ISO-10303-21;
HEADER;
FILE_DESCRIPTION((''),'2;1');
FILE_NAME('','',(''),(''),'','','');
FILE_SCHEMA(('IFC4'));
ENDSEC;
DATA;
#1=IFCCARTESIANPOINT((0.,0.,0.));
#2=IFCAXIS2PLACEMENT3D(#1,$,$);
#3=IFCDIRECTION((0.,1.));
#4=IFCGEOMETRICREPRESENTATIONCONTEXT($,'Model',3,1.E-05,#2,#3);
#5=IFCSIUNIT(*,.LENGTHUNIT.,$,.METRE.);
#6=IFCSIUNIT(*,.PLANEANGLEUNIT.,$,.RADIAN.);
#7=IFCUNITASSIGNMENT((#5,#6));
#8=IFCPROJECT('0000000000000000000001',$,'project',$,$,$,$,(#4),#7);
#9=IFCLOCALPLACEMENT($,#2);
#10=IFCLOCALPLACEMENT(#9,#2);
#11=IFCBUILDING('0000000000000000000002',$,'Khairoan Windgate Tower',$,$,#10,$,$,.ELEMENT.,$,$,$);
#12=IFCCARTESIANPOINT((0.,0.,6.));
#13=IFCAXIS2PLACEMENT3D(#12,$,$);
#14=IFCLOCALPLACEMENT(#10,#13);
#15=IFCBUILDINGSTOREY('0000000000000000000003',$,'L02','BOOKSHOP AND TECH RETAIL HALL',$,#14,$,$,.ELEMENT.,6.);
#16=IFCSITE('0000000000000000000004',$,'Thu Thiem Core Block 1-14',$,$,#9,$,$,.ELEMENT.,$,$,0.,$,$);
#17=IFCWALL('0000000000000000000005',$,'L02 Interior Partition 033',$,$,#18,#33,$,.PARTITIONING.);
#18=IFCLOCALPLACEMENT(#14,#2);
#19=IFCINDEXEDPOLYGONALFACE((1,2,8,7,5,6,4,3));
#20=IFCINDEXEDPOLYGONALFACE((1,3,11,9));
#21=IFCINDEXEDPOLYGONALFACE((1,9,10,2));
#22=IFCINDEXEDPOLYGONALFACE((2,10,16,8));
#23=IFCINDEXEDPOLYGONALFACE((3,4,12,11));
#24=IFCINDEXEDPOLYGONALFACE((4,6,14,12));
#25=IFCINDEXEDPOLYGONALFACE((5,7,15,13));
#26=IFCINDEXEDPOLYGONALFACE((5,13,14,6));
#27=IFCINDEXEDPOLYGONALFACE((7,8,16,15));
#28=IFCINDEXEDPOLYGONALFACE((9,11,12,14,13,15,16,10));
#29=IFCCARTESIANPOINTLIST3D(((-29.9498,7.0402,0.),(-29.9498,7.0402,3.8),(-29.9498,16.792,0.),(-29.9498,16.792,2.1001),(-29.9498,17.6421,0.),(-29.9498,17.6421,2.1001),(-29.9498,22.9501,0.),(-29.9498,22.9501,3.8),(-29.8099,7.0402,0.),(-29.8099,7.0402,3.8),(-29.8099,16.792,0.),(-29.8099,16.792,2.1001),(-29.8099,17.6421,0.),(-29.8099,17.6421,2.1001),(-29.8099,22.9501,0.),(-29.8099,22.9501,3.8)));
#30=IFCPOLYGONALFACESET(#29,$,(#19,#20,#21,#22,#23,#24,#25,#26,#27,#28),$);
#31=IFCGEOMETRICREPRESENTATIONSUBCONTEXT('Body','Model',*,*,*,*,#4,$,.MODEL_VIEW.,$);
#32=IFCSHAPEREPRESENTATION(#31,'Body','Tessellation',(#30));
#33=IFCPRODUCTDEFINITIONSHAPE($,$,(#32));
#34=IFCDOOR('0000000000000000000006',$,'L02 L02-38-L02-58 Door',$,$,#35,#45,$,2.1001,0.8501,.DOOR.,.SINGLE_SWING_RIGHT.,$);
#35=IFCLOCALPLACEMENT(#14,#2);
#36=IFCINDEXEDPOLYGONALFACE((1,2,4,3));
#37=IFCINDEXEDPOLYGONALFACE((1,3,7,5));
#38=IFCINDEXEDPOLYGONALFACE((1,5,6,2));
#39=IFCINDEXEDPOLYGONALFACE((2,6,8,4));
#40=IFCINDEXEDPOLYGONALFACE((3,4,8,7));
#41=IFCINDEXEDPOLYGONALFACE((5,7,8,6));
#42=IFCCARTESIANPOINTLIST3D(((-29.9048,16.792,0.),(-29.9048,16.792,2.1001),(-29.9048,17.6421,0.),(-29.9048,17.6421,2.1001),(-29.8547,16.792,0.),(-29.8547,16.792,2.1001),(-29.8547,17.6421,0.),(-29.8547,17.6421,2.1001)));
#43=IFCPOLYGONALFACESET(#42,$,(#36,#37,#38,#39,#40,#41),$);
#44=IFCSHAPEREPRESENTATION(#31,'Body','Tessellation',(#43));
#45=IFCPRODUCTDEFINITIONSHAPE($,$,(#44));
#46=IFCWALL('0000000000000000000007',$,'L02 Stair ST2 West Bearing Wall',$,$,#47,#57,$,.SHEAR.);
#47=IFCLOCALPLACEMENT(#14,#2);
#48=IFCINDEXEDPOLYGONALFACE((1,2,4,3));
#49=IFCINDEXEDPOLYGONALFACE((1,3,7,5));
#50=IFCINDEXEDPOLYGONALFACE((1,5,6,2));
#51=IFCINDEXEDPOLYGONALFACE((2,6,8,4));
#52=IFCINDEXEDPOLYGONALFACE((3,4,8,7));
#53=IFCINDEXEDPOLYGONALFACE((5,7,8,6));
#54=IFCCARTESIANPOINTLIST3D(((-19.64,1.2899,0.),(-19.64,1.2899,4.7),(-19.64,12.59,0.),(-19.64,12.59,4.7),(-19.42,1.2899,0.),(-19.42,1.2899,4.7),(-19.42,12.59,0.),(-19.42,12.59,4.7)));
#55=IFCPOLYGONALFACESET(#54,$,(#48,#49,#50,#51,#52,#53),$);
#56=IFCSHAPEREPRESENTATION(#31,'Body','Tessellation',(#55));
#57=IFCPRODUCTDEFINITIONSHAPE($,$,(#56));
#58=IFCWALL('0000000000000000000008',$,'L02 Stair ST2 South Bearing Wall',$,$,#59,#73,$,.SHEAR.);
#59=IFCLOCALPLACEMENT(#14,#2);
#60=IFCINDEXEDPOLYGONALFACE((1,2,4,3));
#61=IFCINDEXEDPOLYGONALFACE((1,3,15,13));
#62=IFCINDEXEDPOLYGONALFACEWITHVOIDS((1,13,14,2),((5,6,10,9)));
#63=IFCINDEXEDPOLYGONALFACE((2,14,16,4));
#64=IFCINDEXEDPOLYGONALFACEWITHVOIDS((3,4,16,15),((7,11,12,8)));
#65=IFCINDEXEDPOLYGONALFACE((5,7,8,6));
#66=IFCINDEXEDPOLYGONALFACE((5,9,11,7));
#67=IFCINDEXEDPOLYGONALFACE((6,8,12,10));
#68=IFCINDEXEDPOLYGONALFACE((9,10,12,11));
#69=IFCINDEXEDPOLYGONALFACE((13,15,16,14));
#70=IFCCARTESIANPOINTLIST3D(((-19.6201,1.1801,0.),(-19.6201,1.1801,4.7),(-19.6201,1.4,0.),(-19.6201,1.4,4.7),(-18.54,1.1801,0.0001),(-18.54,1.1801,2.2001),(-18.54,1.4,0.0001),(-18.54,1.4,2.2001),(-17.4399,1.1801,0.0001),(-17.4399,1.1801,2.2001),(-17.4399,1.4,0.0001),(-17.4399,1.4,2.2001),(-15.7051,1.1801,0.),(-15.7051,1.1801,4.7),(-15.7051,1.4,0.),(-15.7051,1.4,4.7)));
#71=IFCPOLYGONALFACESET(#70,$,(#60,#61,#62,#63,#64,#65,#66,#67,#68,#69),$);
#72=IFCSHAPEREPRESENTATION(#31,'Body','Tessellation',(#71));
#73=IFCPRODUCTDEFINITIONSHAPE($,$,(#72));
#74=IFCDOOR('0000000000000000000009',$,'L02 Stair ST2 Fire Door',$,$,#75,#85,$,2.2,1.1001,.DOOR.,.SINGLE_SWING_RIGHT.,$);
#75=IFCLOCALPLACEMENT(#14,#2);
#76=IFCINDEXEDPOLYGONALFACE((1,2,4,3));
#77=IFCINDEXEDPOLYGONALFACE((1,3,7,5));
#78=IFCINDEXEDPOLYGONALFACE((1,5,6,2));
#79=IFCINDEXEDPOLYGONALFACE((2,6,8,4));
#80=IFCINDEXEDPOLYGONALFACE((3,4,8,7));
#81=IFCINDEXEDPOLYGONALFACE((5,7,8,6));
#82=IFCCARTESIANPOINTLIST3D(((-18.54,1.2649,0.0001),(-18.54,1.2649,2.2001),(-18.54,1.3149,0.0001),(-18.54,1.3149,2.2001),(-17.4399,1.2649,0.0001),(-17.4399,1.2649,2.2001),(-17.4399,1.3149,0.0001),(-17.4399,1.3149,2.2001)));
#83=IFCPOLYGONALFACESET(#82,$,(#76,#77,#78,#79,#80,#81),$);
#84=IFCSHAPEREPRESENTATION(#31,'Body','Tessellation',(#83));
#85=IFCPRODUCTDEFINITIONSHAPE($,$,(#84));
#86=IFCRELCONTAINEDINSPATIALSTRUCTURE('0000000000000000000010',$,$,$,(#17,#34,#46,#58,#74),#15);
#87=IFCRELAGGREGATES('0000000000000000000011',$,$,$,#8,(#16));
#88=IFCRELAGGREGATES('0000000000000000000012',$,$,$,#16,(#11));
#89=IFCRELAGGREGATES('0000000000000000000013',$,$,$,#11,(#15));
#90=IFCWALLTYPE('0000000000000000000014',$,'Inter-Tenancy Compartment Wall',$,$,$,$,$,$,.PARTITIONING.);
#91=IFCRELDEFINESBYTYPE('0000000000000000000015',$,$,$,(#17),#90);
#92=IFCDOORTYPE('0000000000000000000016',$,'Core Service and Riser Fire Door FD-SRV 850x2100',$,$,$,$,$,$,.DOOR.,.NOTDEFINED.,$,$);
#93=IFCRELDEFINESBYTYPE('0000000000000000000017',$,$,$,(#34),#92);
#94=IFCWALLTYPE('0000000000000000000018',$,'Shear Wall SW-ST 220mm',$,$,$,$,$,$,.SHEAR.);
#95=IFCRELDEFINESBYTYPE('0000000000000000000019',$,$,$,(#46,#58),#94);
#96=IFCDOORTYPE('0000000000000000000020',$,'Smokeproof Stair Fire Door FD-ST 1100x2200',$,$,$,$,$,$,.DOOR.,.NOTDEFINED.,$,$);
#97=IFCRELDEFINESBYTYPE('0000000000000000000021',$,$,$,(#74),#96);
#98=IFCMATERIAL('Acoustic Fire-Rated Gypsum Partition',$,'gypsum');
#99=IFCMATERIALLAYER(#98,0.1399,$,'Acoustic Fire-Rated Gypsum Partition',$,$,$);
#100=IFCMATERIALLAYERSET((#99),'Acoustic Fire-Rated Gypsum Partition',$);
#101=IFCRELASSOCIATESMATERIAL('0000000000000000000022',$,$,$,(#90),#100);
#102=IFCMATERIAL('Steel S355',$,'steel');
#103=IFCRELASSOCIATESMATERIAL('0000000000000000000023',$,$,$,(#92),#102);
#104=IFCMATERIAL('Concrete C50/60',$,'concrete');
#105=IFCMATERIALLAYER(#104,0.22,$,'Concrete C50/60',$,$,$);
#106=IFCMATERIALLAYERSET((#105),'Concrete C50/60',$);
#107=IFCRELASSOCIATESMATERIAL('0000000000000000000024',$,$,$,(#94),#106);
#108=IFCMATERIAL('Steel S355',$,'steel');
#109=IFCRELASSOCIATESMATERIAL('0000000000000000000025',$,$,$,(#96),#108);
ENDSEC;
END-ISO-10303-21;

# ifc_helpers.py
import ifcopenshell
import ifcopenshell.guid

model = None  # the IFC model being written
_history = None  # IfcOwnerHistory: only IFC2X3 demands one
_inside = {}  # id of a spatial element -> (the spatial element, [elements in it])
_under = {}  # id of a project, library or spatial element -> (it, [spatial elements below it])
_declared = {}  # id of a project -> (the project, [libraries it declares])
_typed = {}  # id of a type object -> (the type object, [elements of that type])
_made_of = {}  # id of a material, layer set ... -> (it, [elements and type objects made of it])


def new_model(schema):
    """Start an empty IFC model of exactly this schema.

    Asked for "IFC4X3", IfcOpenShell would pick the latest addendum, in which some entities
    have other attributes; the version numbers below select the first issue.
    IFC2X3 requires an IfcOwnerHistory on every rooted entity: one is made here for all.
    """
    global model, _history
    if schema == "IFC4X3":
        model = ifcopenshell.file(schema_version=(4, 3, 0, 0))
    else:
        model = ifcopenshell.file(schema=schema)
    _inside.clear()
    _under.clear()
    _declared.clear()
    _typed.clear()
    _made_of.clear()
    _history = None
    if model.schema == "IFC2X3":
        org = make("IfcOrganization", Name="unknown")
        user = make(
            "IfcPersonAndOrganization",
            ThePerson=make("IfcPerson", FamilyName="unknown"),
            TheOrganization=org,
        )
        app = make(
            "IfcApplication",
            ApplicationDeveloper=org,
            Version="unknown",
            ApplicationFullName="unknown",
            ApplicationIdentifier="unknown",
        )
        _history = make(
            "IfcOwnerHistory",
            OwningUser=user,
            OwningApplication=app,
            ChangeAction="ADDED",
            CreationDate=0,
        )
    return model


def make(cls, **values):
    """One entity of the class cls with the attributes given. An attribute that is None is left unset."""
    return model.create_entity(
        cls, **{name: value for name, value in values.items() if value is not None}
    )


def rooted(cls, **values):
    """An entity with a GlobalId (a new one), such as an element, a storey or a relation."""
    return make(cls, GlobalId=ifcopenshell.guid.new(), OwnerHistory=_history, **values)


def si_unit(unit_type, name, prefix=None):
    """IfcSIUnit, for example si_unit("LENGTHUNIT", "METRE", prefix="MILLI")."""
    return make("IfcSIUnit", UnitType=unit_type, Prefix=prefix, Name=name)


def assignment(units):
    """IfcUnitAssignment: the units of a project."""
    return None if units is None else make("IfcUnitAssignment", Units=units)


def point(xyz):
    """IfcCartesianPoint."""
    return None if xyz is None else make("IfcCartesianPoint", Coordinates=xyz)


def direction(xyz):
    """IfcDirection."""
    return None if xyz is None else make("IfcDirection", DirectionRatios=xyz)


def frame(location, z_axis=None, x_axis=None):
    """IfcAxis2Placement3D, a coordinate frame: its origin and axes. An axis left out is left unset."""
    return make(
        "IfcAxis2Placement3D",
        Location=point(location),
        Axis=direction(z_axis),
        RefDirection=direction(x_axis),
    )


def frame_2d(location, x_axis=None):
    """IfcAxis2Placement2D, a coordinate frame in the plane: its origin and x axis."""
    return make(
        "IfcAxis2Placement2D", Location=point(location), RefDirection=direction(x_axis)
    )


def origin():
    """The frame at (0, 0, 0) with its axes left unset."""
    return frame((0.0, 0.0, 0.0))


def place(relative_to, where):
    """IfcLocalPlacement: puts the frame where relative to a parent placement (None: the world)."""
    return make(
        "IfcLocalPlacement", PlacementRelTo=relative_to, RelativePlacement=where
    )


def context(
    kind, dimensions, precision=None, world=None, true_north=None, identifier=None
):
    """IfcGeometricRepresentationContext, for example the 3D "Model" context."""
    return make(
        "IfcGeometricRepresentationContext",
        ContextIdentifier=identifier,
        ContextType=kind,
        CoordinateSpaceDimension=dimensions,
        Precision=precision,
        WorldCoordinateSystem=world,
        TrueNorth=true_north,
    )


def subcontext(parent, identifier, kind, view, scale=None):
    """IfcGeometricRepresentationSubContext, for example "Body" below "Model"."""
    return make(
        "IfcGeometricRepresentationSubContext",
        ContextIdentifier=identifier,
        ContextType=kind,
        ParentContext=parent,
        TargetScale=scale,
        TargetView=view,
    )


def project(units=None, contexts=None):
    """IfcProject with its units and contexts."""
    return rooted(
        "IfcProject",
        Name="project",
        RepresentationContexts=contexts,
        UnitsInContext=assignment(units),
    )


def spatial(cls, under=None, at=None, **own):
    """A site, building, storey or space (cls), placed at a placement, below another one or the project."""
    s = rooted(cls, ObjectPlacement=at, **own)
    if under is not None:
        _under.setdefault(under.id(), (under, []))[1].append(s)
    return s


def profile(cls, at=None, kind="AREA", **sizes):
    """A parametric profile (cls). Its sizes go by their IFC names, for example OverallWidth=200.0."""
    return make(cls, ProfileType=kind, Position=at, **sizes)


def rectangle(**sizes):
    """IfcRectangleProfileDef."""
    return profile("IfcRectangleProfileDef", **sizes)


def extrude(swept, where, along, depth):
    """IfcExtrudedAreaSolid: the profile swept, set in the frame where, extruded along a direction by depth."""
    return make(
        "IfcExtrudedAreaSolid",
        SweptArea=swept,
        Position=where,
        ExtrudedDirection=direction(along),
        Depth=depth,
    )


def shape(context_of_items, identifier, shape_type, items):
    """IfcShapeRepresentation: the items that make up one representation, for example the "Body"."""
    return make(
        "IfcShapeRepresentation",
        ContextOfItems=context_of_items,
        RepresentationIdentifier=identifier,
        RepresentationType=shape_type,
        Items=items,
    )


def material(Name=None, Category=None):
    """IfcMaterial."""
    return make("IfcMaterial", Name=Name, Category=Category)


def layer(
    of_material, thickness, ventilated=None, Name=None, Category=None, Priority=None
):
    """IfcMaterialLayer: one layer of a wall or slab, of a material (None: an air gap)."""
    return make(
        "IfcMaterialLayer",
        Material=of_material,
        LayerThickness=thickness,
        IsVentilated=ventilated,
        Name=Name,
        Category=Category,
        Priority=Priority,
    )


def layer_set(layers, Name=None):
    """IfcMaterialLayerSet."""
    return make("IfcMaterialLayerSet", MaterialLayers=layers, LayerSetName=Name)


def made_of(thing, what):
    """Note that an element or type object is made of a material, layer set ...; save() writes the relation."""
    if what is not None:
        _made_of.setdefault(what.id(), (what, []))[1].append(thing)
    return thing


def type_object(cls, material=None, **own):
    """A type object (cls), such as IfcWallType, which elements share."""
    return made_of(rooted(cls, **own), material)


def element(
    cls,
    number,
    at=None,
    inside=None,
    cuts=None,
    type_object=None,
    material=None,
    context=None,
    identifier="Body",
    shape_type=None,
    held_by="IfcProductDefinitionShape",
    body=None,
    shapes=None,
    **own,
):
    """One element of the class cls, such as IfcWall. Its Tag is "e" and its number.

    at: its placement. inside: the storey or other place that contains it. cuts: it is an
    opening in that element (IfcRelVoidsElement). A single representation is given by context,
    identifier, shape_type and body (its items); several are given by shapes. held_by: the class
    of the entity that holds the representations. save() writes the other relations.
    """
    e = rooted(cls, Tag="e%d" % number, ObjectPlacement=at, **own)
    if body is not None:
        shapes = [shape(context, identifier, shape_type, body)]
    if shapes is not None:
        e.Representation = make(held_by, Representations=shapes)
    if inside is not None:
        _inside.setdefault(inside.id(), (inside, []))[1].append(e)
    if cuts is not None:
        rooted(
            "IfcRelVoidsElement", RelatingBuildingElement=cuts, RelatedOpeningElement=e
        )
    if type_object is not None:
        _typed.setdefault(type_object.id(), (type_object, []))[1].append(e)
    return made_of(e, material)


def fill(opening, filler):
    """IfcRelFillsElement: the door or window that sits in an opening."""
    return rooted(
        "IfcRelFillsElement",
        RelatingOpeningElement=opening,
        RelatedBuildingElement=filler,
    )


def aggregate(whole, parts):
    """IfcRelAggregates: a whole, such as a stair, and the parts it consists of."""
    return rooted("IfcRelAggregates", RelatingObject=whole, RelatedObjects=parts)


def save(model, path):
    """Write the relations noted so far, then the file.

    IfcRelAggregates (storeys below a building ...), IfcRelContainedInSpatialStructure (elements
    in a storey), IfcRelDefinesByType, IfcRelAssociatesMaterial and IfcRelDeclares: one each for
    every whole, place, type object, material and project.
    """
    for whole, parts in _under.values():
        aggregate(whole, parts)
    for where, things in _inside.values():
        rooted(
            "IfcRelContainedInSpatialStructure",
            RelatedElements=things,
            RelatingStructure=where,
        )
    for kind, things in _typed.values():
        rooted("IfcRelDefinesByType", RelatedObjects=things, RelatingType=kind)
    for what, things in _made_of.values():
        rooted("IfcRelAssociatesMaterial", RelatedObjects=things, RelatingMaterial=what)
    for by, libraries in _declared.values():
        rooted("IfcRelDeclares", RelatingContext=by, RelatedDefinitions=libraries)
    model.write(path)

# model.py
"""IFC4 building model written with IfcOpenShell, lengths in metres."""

from ifc_helpers import new_model, si_unit, direction, frame, frame_2d, origin, place, context, subcontext, project, spatial, rectangle, extrude, material, layer, layer_set, type_object, element, fill, save


model = new_model("IFC4")

# Units and contexts
model_context = context("Model", 3, precision=1e-05, world=origin(), true_north=direction((0.0, 1.0)))
body_context = subcontext(model_context, "Body", "Model", "MODEL_VIEW")
ifc_project = project(units=[si_unit("LENGTHUNIT", "METRE"), si_unit("PLANEANGLEUNIT", "RADIAN")], contexts=[model_context])

# Site, building, storey
site_placement = place(None, origin())
site = spatial("IfcSite", under=ifc_project, at=site_placement, Name="Thu Thiem Core Block 1-14", CompositionType="ELEMENT", RefElevation=0.0)
building_placement = place(site_placement, origin())
building = spatial("IfcBuilding", under=site, at=building_placement, Name="Khairoan Windgate Tower", CompositionType="ELEMENT")
storey_placement = place(building_placement, frame((0.0, 0.0, 6.0)))
storey = spatial("IfcBuildingStorey", under=building, at=storey_placement, Name="L02", Description="BOOKSHOP AND TECH RETAIL HALL", CompositionType="ELEMENT", Elevation=6.0)

# Shared definitions
ifc_material_1 = material(Name="Acoustic Fire-Rated Gypsum Partition", Category="gypsum")
ifc_layer_1 = layer(ifc_material_1, 0.1399, Name="Acoustic Fire-Rated Gypsum Partition")
ifc_layer_set_1 = layer_set([ifc_layer_1], Name="Acoustic Fire-Rated Gypsum Partition")
wall_type_1 = type_object("IfcWallType", Name="Inter-Tenancy Compartment Wall", PredefinedType="PARTITIONING", material=ifc_layer_set_1)

# Wall, opening, door
wall_1_placement = place(storey_placement, frame((-29.8799, 7.04, 0.0), z_axis=(0.0, 0.0, 1.0), x_axis=(0.0, 1.0, 0.0)))
wall_1 = element("IfcWall", 1, at=wall_1_placement, inside=storey, type_object=wall_type_1, Name="L02 Interior Partition 033", PredefinedType="PARTITIONING", context=body_context, shape_type="SweptSolid", body=[
    extrude(rectangle(XDim=15.9099, YDim=0.1399, at=frame_2d((7.9551, 0.0))), origin(), (0.0, 0.0, 1.0), 3.8),
])
opening_1_placement = place(wall_1_placement, frame((9.752, 0.0, 0.0)))
opening_1 = element("IfcOpeningElement", 2, at=opening_1_placement, cuts=wall_1, PredefinedType="OPENING", context=body_context, shape_type="SweptSolid", body=[
    extrude(rectangle(XDim=0.8501, YDim=2.1001, at=frame_2d((0.425, 1.05))), frame((0.0, 0.0798, 0.0), z_axis=(0.0, -1.0, 0.0), x_axis=(1.0, 0.0, 0.0)), (0.0, 0.0, 1.0), 0.1599),
])
ifc_material_2 = material(Name="Steel S355", Category="steel")
door_type_1 = type_object("IfcDoorType", Name="Core Service and Riser Fire Door FD-SRV 850x2100", OperationType="NOTDEFINED", PredefinedType="DOOR", material=ifc_material_2)
door_1_placement = place(opening_1_placement, origin())
door_1 = element("IfcDoor", 3, at=door_1_placement, inside=storey, type_object=door_type_1, Name="L02 L02-38-L02-58 Door", OperationType="SINGLE_SWING_RIGHT", OverallHeight=2.1001, OverallWidth=0.8501, PredefinedType="DOOR", context=body_context, shape_type="SweptSolid", body=[
    extrude(rectangle(XDim=0.8501, YDim=2.1001, at=frame_2d((0.425, 1.05))), frame((0.0, 0.0249, 0.0), z_axis=(0.0, -1.0, 0.0), x_axis=(1.0, 0.0, 0.0)), (0.0, 0.0, 1.0), 0.05),
])
fill(opening_1, door_1)

# Wall
ifc_material_3 = material(Name="Concrete C50/60", Category="concrete")
ifc_layer_2 = layer(ifc_material_3, 0.22, Name="Concrete C50/60")
ifc_layer_set_2 = layer_set([ifc_layer_2], Name="Concrete C50/60")
wall_type_2 = type_object("IfcWallType", Name="Shear Wall SW-ST 220mm", PredefinedType="SHEAR", material=ifc_layer_set_2)
wall_2_placement = place(storey_placement, frame((-19.53, 1.29, 0.0), z_axis=(0.0, 0.0, 1.0), x_axis=(0.0, 1.0, 0.0)))
element("IfcWall", 4, at=wall_2_placement, inside=storey, type_object=wall_type_2, Name="L02 Stair ST2 West Bearing Wall", PredefinedType="SHEAR", context=body_context, shape_type="SweptSolid", body=[
    extrude(rectangle(XDim=11.3, YDim=0.22, at=frame_2d((5.6499, 0.0))), origin(), (0.0, 0.0, 1.0), 4.7),
])

# Wall, opening, door
wall_3_placement = place(storey_placement, frame((-19.6201, 1.29, 0.0), z_axis=(0.0, 0.0, 1.0), x_axis=(1.0, 0.0, 0.0)))
wall_3 = element("IfcWall", 5, at=wall_3_placement, inside=storey, type_object=wall_type_2, Name="L02 Stair ST2 South Bearing Wall", PredefinedType="SHEAR", context=body_context, shape_type="SweptSolid", body=[
    extrude(rectangle(XDim=3.915, YDim=0.22, at=frame_2d((1.9575, 0.0))), origin(), (0.0, 0.0, 1.0), 4.7),
])
opening_2_placement = place(wall_3_placement, frame((1.0801, 0.0, 0.0)))
opening_2 = element("IfcOpeningElement", 6, at=opening_2_placement, cuts=wall_3, PredefinedType="OPENING", context=body_context, shape_type="SweptSolid", body=[
    extrude(rectangle(XDim=1.1001, YDim=2.2, at=frame_2d((0.55, 1.1001))), frame((0.0, 0.1199, 0.0), z_axis=(0.0, -1.0, 0.0), x_axis=(1.0, 0.0, 0.0)), (0.0, 0.0, 1.0), 0.24),
])
ifc_material_4 = material(Name="Steel S355", Category="steel")
door_type_2 = type_object("IfcDoorType", Name="Smokeproof Stair Fire Door FD-ST 1100x2200", OperationType="NOTDEFINED", PredefinedType="DOOR", material=ifc_material_4)
door_2_placement = place(opening_2_placement, origin())
door_2 = element("IfcDoor", 7, at=door_2_placement, inside=storey, type_object=door_type_2, Name="L02 Stair ST2 Fire Door", OperationType="SINGLE_SWING_RIGHT", OverallHeight=2.2, OverallWidth=1.1001, PredefinedType="DOOR", context=body_context, shape_type="SweptSolid", body=[
    extrude(rectangle(XDim=1.1001, YDim=2.2, at=frame_2d((0.55, 1.1001))), frame((0.0, 0.0249, 0.0), z_axis=(0.0, -1.0, 0.0), x_axis=(1.0, 0.0, 0.0)), (0.0, 0.0, 1.0), 0.05),
])
fill(opening_2, door_2)

save(model, "model.ifc")
